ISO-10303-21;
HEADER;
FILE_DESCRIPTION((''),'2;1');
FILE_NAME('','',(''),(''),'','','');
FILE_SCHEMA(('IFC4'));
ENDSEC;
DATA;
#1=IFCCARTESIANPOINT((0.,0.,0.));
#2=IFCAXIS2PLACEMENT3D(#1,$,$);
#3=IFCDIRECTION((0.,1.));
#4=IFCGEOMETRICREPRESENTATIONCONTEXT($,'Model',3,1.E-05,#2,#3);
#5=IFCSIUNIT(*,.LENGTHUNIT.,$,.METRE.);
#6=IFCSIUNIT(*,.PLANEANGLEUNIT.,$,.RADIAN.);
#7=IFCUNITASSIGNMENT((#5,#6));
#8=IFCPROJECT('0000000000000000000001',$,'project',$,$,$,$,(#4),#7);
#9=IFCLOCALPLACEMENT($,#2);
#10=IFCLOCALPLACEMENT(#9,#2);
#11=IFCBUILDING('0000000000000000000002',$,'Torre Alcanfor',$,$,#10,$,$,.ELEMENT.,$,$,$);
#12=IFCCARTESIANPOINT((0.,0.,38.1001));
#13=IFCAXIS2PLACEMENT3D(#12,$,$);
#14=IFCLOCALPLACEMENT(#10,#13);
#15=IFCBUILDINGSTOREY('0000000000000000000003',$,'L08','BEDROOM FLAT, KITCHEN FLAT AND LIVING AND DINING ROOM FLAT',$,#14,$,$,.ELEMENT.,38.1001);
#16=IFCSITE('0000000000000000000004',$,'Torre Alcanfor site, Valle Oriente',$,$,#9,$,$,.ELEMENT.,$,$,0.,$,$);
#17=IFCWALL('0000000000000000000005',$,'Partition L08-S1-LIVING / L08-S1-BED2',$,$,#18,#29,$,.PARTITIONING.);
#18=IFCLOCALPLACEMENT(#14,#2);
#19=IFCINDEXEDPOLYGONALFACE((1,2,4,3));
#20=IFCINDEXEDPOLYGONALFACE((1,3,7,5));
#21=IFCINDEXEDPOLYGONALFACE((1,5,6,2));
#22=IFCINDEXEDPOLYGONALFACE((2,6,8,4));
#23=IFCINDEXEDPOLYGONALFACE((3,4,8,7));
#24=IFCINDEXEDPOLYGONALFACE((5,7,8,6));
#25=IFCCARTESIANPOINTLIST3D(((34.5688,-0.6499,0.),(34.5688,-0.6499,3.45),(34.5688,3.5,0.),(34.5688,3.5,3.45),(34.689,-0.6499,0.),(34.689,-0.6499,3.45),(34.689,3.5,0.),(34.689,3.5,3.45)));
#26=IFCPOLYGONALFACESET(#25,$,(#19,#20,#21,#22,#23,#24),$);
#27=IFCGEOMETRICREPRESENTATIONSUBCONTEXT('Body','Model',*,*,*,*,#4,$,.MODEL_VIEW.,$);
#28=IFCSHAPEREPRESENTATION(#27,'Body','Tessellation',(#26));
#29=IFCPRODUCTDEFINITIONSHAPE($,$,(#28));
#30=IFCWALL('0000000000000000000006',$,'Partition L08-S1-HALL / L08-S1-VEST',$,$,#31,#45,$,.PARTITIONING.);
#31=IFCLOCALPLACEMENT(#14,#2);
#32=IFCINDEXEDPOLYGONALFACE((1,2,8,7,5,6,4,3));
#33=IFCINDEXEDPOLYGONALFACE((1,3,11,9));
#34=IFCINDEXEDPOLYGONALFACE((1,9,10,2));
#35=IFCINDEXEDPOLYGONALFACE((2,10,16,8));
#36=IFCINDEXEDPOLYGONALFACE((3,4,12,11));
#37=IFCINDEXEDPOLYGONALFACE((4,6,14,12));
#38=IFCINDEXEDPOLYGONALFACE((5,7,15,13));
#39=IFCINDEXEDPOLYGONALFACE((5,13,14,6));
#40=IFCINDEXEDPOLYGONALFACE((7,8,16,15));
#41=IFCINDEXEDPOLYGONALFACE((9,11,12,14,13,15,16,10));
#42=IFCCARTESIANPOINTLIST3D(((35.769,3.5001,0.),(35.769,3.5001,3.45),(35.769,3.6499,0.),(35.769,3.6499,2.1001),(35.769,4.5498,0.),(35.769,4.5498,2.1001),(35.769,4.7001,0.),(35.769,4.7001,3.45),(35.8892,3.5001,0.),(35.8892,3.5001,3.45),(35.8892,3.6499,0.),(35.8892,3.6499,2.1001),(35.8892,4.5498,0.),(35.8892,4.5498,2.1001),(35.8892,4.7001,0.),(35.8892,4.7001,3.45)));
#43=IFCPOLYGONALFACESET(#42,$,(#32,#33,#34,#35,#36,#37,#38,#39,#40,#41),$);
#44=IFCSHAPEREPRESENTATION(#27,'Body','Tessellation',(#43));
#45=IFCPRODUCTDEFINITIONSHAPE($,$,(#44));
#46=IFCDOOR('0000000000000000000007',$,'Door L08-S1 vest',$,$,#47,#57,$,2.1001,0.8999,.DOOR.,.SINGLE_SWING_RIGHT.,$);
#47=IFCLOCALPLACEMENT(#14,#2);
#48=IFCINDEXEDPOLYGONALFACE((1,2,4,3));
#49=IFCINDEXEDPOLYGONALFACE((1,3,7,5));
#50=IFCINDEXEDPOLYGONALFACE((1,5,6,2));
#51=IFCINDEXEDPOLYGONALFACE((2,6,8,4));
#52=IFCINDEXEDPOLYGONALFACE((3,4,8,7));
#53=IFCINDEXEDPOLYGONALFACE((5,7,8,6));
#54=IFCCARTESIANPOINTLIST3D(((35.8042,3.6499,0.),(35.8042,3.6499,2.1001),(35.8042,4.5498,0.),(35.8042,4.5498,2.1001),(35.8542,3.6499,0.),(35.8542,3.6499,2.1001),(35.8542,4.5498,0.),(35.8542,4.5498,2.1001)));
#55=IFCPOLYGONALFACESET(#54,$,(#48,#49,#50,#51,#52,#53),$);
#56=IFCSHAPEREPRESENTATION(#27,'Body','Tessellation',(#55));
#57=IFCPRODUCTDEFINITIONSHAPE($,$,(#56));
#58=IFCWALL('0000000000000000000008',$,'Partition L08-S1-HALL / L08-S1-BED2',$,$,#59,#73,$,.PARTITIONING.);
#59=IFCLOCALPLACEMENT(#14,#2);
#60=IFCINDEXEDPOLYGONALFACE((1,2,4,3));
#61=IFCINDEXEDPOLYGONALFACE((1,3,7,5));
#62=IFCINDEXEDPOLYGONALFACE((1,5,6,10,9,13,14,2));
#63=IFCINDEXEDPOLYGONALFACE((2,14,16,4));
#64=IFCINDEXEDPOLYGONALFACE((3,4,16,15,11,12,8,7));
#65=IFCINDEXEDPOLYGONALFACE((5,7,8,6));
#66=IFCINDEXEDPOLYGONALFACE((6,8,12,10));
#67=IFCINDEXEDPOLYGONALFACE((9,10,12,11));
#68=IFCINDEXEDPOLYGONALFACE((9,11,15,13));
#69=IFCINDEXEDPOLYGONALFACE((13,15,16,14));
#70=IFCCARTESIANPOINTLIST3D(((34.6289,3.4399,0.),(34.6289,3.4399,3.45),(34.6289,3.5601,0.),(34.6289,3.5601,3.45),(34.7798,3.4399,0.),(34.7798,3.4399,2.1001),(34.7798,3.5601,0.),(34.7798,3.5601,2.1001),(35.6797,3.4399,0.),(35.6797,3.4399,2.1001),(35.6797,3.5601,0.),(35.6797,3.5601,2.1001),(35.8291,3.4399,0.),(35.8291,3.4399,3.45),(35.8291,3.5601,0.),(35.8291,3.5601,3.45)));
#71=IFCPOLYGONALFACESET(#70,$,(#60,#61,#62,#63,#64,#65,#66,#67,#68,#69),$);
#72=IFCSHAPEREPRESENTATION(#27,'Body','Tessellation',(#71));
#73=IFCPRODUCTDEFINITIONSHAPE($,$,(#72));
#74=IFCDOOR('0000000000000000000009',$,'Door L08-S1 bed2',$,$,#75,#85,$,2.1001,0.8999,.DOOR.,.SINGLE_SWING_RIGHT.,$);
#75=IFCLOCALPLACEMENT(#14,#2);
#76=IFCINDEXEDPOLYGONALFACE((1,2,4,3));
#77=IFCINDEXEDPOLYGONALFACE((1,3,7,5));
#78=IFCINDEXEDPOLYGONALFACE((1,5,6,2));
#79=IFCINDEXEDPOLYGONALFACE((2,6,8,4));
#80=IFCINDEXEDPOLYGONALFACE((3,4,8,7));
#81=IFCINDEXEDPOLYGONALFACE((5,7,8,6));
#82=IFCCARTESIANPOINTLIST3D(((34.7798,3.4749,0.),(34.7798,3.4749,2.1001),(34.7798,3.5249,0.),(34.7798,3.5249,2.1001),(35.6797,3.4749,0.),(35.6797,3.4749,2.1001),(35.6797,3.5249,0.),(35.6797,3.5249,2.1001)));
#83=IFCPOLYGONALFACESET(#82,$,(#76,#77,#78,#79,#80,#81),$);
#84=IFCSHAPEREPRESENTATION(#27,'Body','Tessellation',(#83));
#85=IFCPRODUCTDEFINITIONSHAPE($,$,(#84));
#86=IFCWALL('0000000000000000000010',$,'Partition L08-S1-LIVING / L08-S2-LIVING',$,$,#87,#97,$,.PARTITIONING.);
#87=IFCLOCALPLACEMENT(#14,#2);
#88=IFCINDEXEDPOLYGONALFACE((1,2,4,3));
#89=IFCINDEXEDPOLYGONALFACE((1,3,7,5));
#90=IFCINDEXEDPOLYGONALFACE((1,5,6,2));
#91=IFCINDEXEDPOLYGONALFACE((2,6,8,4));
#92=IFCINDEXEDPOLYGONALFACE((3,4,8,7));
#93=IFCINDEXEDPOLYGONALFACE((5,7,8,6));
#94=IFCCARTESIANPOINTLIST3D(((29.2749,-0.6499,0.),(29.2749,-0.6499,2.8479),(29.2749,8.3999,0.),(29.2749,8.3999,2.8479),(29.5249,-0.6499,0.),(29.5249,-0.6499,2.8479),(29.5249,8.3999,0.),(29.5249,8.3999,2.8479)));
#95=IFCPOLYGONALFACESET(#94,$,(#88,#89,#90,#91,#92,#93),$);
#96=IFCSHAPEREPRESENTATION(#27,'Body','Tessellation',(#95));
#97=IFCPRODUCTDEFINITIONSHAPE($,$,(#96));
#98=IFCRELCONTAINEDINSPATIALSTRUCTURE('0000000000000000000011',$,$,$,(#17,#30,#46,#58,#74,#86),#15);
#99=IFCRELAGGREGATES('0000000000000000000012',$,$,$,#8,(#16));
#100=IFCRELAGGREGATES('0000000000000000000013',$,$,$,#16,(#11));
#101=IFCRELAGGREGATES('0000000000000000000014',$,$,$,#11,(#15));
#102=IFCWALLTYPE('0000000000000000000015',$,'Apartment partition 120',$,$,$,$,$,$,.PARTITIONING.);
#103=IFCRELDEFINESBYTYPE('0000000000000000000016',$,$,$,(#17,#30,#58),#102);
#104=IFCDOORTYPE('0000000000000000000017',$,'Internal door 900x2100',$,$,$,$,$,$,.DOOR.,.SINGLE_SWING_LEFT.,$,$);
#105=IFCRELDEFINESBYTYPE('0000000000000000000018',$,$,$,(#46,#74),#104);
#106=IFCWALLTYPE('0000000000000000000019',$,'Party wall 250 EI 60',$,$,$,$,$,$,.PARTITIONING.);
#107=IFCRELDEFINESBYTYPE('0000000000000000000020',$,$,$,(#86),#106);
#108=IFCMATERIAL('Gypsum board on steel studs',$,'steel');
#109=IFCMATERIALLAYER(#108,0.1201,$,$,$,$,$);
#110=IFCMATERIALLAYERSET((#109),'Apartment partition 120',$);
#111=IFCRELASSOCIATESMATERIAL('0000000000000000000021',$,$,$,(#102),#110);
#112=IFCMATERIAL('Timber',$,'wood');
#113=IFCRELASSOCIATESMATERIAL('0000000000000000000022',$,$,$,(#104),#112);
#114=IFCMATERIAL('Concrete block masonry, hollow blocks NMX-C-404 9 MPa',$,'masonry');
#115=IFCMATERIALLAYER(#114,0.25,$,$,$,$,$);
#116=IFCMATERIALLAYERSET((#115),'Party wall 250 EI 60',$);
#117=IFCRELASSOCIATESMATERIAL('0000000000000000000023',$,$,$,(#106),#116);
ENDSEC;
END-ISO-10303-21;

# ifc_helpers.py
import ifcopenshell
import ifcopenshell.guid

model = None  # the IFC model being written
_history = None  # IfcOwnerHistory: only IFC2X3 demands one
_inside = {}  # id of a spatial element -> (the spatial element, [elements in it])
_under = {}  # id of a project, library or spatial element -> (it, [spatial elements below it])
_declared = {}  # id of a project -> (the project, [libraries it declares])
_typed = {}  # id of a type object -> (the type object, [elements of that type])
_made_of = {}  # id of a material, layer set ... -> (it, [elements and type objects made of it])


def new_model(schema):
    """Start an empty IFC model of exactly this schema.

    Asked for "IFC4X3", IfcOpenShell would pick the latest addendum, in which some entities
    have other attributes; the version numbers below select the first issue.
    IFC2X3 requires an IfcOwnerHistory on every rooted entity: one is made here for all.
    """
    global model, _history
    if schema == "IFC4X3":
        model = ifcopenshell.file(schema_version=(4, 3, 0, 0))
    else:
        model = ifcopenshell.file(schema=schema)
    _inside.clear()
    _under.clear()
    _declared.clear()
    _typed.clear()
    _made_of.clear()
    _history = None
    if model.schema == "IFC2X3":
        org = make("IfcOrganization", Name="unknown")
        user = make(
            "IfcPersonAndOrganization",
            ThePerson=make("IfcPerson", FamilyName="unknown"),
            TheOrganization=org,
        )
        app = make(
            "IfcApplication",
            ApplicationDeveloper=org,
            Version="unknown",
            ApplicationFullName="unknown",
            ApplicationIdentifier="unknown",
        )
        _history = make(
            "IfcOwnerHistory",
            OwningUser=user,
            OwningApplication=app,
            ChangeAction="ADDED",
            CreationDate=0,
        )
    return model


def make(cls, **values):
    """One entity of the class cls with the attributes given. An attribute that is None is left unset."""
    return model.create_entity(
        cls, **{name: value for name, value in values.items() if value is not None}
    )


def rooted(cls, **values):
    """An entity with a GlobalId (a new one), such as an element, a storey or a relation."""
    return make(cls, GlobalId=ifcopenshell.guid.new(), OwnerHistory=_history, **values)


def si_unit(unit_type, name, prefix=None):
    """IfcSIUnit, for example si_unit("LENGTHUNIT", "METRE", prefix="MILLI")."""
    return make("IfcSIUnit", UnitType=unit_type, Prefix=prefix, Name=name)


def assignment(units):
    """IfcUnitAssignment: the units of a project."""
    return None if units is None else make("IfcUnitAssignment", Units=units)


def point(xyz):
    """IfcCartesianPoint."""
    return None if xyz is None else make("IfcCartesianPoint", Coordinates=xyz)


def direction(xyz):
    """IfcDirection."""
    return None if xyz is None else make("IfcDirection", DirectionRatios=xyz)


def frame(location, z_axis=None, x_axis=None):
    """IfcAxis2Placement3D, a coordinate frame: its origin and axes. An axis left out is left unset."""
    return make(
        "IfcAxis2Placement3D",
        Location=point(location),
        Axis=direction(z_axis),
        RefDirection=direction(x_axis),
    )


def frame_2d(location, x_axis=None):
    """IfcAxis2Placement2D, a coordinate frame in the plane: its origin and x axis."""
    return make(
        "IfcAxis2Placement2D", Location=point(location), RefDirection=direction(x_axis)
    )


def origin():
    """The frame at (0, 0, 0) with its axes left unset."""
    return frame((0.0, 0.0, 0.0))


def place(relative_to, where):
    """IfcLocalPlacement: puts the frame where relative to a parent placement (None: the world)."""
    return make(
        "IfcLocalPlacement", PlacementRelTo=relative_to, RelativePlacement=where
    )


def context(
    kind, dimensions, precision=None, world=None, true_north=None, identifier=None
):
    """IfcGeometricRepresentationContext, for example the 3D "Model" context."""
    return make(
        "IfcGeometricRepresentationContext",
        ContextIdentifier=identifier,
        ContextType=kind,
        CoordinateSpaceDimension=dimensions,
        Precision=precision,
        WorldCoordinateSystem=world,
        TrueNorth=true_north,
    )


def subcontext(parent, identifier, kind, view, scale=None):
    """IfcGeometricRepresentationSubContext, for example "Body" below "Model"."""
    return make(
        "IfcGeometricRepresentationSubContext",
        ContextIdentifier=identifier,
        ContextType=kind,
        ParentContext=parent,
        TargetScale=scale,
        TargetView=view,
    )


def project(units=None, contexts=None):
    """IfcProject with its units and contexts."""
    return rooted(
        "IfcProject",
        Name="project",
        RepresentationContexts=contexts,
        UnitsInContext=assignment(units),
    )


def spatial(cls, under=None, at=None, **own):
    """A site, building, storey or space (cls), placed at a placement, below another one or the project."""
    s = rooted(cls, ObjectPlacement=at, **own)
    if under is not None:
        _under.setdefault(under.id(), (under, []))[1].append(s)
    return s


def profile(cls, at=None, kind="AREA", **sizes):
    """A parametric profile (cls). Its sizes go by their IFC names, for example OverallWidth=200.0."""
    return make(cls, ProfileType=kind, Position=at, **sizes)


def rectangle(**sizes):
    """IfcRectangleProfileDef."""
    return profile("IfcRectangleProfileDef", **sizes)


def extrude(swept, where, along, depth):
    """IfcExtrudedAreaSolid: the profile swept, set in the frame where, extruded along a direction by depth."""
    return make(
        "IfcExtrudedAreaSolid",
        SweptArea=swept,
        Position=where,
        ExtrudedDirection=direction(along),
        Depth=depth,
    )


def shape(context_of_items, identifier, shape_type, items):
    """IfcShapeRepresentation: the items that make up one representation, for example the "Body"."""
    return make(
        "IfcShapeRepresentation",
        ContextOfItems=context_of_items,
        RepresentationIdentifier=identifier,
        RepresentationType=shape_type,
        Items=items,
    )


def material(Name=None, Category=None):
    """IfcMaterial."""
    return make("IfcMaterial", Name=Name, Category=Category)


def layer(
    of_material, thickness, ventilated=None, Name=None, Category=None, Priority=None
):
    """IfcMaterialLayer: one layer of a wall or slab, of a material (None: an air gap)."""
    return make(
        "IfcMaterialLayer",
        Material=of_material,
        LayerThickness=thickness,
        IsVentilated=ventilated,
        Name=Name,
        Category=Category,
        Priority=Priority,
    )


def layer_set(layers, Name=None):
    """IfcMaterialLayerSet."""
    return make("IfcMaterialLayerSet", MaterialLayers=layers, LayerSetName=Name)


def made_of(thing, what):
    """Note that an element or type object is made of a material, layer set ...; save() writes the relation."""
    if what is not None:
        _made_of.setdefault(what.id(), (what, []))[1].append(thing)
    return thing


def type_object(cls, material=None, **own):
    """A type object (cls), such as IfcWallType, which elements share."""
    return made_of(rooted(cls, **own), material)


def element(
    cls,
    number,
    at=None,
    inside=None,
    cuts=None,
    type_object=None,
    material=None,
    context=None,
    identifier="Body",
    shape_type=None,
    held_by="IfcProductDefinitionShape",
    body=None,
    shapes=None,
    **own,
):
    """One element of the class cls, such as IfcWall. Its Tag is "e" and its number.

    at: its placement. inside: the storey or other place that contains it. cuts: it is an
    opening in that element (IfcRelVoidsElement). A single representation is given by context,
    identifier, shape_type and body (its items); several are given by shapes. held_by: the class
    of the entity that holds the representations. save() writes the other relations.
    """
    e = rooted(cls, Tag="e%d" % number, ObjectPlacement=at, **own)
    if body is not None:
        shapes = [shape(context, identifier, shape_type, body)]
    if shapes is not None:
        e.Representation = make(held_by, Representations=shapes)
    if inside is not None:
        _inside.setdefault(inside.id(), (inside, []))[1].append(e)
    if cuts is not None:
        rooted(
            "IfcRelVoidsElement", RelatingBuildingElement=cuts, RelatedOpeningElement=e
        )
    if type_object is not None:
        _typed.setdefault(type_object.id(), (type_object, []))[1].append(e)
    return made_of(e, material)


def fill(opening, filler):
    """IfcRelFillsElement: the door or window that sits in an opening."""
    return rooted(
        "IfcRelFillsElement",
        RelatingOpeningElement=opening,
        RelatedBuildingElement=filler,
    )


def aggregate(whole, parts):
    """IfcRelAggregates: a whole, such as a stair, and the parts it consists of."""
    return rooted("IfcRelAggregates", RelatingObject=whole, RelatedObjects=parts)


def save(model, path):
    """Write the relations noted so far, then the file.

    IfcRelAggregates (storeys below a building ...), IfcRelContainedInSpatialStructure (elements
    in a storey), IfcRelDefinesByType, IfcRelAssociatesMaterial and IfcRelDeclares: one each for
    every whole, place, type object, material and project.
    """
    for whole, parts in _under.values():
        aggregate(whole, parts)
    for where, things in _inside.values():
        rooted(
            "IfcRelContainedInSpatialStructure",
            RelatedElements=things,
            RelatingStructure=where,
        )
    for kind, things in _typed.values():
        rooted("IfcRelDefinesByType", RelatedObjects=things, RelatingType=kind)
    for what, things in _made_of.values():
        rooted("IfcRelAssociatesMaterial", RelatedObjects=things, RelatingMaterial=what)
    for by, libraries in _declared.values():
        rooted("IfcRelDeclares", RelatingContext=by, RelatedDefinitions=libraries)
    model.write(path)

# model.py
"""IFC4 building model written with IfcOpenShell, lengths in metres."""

from ifc_helpers import new_model, si_unit, direction, frame, frame_2d, origin, place, context, subcontext, project, spatial, rectangle, extrude, material, layer, layer_set, type_object, element, fill, save


model = new_model("IFC4")

# Units and contexts
model_context = context("Model", 3, precision=1e-05, world=origin(), true_north=direction((0.0, 1.0)))
body_context = subcontext(model_context, "Body", "Model", "MODEL_VIEW")
ifc_project = project(units=[si_unit("LENGTHUNIT", "METRE"), si_unit("PLANEANGLEUNIT", "RADIAN")], contexts=[model_context])

# Site, building, storey
site_placement = place(None, origin())
site = spatial("IfcSite", under=ifc_project, at=site_placement, Name="Torre Alcanfor site, Valle Oriente", CompositionType="ELEMENT", RefElevation=0.0)
building_placement = place(site_placement, origin())
building = spatial("IfcBuilding", under=site, at=building_placement, Name="Torre Alcanfor", CompositionType="ELEMENT")
storey_placement = place(building_placement, frame((0.0, 0.0, 38.1001)))
storey = spatial("IfcBuildingStorey", under=building, at=storey_placement, Name="L08", Description="BEDROOM FLAT, KITCHEN FLAT AND LIVING AND DINING ROOM FLAT", CompositionType="ELEMENT", Elevation=38.1001)

# Shared definitions
ifc_material_1 = material(Name="Gypsum board on steel studs", Category="steel")
ifc_layer_1 = layer(ifc_material_1, 0.1201)
ifc_layer_set_1 = layer_set([ifc_layer_1], Name="Apartment partition 120")
wall_type_1 = type_object("IfcWallType", Name="Apartment partition 120", PredefinedType="PARTITIONING", material=ifc_layer_set_1)
ifc_material_2 = material(Name="Timber", Category="wood")
door_type = type_object("IfcDoorType", Name="Internal door 900x2100", OperationType="SINGLE_SWING_LEFT", PredefinedType="DOOR", material=ifc_material_2)

# Wall
wall_1_placement = place(storey_placement, frame((34.6289, -0.6499, 0.0), z_axis=(0.0, 0.0, 1.0), x_axis=(0.0, 1.0, 0.0)))
element("IfcWall", 1, at=wall_1_placement, inside=storey, type_object=wall_type_1, Name="Partition L08-S1-LIVING / L08-S1-BED2", PredefinedType="PARTITIONING", context=body_context, shape_type="SweptSolid", body=[
    extrude(rectangle(XDim=4.1499, YDim=0.1201, at=frame_2d((2.075, 0.0))), origin(), (0.0, 0.0, 1.0), 3.45),
])

# Walls, openings, doors
wall_2_placement = place(storey_placement, frame((35.8291, 3.5, 0.0), z_axis=(0.0, 0.0, 1.0), x_axis=(0.0, 1.0, 0.0)))
wall_2 = element("IfcWall", 2, at=wall_2_placement, inside=storey, type_object=wall_type_1, Name="Partition L08-S1-HALL / L08-S1-VEST", PredefinedType="PARTITIONING", context=body_context, shape_type="SweptSolid", body=[
    extrude(rectangle(XDim=1.2, YDim=0.1201, at=frame_2d((0.6001, 0.0))), origin(), (0.0, 0.0, 1.0), 3.45),
])
opening_1_placement = place(wall_2_placement, frame((0.1499, 0.0, 0.0)))
opening_1 = element("IfcOpeningElement", 3, at=opening_1_placement, cuts=wall_2, PredefinedType="OPENING", context=body_context, shape_type="SweptSolid", body=[
    extrude(rectangle(XDim=0.8999, YDim=2.1001, at=frame_2d((0.45, 1.05))), frame((0.0, 0.0701, 0.0), z_axis=(0.0, -1.0, 0.0), x_axis=(1.0, 0.0, 0.0)), (0.0, 0.0, 1.0), 0.1401),
])
door_1_placement = place(opening_1_placement, frame((0.8999, 0.0, 0.0), z_axis=(0.0, 0.0, 1.0), x_axis=(-1.0, 0.0, 0.0)))
door_1 = element("IfcDoor", 4, at=door_1_placement, inside=storey, type_object=door_type, Name="Door L08-S1 vest", OperationType="SINGLE_SWING_RIGHT", OverallHeight=2.1001, OverallWidth=0.8999, PredefinedType="DOOR", context=body_context, shape_type="SweptSolid", body=[
    extrude(rectangle(XDim=0.8999, YDim=2.1001, at=frame_2d((0.45, 1.05))), frame((0.0, 0.0251, 0.0), z_axis=(0.0, -1.0, 0.0), x_axis=(1.0, 0.0, 0.0)), (0.0, 0.0, 1.0), 0.05),
])
fill(opening_1, door_1)
wall_3_placement = place(storey_placement, frame((34.6289, 3.5, 0.0), z_axis=(0.0, 0.0, 1.0), x_axis=(1.0, 0.0, 0.0)))
wall_3 = element("IfcWall", 5, at=wall_3_placement, inside=storey, type_object=wall_type_1, Name="Partition L08-S1-HALL / L08-S1-BED2", PredefinedType="PARTITIONING", context=body_context, shape_type="SweptSolid", body=[
    extrude(rectangle(XDim=1.2002, YDim=0.1201, at=frame_2d((0.6001, 0.0))), origin(), (0.0, 0.0, 1.0), 3.45),
])
opening_2_placement = place(wall_3_placement, frame((0.1509, 0.0, 0.0)))
opening_2 = element("IfcOpeningElement", 6, at=opening_2_placement, cuts=wall_3, PredefinedType="OPENING", context=body_context, shape_type="SweptSolid", body=[
    extrude(rectangle(XDim=0.8999, YDim=2.1001, at=frame_2d((0.45, 1.05))), frame((0.0, 0.0701, 0.0), z_axis=(0.0, -1.0, 0.0), x_axis=(1.0, 0.0, 0.0)), (0.0, 0.0, 1.0), 0.1401),
])
door_2_placement = place(opening_2_placement, frame((0.8999, 0.0, 0.0), z_axis=(0.0, 0.0, 1.0), x_axis=(-1.0, 0.0, 0.0)))
door_2 = element("IfcDoor", 7, at=door_2_placement, inside=storey, type_object=door_type, Name="Door L08-S1 bed2", OperationType="SINGLE_SWING_RIGHT", OverallHeight=2.1001, OverallWidth=0.8999, PredefinedType="DOOR", context=body_context, shape_type="SweptSolid", body=[
    extrude(rectangle(XDim=0.8999, YDim=2.1001, at=frame_2d((0.45, 1.05))), frame((0.0, 0.0251, 0.0), z_axis=(0.0, -1.0, 0.0), x_axis=(1.0, 0.0, 0.0)), (0.0, 0.0, 1.0), 0.05),
])
fill(opening_2, door_2)

# Wall
ifc_material_3 = material(Name="Concrete block masonry, hollow blocks NMX-C-404 9 MPa", Category="masonry")
ifc_layer_2 = layer(ifc_material_3, 0.25)
ifc_layer_set_2 = layer_set([ifc_layer_2], Name="Party wall 250 EI 60")
wall_type_2 = type_object("IfcWallType", Name="Party wall 250 EI 60", PredefinedType="PARTITIONING", material=ifc_layer_set_2)
wall_4_placement = place(storey_placement, frame((29.3999, 8.3999, 0.0), z_axis=(0.0, 0.0, 1.0), x_axis=(0.0, -1.0, 0.0)))
element("IfcWall", 8, at=wall_4_placement, inside=storey, type_object=wall_type_2, Name="Partition L08-S1-LIVING / L08-S2-LIVING", PredefinedType="PARTITIONING", context=body_context, shape_type="SweptSolid", body=[
    extrude(rectangle(XDim=9.0498, YDim=0.25, at=frame_2d((4.5249, 0.0))), origin(), (0.0, 0.0, 1.0), 2.8479),
])

save(model, "model.ifc")
